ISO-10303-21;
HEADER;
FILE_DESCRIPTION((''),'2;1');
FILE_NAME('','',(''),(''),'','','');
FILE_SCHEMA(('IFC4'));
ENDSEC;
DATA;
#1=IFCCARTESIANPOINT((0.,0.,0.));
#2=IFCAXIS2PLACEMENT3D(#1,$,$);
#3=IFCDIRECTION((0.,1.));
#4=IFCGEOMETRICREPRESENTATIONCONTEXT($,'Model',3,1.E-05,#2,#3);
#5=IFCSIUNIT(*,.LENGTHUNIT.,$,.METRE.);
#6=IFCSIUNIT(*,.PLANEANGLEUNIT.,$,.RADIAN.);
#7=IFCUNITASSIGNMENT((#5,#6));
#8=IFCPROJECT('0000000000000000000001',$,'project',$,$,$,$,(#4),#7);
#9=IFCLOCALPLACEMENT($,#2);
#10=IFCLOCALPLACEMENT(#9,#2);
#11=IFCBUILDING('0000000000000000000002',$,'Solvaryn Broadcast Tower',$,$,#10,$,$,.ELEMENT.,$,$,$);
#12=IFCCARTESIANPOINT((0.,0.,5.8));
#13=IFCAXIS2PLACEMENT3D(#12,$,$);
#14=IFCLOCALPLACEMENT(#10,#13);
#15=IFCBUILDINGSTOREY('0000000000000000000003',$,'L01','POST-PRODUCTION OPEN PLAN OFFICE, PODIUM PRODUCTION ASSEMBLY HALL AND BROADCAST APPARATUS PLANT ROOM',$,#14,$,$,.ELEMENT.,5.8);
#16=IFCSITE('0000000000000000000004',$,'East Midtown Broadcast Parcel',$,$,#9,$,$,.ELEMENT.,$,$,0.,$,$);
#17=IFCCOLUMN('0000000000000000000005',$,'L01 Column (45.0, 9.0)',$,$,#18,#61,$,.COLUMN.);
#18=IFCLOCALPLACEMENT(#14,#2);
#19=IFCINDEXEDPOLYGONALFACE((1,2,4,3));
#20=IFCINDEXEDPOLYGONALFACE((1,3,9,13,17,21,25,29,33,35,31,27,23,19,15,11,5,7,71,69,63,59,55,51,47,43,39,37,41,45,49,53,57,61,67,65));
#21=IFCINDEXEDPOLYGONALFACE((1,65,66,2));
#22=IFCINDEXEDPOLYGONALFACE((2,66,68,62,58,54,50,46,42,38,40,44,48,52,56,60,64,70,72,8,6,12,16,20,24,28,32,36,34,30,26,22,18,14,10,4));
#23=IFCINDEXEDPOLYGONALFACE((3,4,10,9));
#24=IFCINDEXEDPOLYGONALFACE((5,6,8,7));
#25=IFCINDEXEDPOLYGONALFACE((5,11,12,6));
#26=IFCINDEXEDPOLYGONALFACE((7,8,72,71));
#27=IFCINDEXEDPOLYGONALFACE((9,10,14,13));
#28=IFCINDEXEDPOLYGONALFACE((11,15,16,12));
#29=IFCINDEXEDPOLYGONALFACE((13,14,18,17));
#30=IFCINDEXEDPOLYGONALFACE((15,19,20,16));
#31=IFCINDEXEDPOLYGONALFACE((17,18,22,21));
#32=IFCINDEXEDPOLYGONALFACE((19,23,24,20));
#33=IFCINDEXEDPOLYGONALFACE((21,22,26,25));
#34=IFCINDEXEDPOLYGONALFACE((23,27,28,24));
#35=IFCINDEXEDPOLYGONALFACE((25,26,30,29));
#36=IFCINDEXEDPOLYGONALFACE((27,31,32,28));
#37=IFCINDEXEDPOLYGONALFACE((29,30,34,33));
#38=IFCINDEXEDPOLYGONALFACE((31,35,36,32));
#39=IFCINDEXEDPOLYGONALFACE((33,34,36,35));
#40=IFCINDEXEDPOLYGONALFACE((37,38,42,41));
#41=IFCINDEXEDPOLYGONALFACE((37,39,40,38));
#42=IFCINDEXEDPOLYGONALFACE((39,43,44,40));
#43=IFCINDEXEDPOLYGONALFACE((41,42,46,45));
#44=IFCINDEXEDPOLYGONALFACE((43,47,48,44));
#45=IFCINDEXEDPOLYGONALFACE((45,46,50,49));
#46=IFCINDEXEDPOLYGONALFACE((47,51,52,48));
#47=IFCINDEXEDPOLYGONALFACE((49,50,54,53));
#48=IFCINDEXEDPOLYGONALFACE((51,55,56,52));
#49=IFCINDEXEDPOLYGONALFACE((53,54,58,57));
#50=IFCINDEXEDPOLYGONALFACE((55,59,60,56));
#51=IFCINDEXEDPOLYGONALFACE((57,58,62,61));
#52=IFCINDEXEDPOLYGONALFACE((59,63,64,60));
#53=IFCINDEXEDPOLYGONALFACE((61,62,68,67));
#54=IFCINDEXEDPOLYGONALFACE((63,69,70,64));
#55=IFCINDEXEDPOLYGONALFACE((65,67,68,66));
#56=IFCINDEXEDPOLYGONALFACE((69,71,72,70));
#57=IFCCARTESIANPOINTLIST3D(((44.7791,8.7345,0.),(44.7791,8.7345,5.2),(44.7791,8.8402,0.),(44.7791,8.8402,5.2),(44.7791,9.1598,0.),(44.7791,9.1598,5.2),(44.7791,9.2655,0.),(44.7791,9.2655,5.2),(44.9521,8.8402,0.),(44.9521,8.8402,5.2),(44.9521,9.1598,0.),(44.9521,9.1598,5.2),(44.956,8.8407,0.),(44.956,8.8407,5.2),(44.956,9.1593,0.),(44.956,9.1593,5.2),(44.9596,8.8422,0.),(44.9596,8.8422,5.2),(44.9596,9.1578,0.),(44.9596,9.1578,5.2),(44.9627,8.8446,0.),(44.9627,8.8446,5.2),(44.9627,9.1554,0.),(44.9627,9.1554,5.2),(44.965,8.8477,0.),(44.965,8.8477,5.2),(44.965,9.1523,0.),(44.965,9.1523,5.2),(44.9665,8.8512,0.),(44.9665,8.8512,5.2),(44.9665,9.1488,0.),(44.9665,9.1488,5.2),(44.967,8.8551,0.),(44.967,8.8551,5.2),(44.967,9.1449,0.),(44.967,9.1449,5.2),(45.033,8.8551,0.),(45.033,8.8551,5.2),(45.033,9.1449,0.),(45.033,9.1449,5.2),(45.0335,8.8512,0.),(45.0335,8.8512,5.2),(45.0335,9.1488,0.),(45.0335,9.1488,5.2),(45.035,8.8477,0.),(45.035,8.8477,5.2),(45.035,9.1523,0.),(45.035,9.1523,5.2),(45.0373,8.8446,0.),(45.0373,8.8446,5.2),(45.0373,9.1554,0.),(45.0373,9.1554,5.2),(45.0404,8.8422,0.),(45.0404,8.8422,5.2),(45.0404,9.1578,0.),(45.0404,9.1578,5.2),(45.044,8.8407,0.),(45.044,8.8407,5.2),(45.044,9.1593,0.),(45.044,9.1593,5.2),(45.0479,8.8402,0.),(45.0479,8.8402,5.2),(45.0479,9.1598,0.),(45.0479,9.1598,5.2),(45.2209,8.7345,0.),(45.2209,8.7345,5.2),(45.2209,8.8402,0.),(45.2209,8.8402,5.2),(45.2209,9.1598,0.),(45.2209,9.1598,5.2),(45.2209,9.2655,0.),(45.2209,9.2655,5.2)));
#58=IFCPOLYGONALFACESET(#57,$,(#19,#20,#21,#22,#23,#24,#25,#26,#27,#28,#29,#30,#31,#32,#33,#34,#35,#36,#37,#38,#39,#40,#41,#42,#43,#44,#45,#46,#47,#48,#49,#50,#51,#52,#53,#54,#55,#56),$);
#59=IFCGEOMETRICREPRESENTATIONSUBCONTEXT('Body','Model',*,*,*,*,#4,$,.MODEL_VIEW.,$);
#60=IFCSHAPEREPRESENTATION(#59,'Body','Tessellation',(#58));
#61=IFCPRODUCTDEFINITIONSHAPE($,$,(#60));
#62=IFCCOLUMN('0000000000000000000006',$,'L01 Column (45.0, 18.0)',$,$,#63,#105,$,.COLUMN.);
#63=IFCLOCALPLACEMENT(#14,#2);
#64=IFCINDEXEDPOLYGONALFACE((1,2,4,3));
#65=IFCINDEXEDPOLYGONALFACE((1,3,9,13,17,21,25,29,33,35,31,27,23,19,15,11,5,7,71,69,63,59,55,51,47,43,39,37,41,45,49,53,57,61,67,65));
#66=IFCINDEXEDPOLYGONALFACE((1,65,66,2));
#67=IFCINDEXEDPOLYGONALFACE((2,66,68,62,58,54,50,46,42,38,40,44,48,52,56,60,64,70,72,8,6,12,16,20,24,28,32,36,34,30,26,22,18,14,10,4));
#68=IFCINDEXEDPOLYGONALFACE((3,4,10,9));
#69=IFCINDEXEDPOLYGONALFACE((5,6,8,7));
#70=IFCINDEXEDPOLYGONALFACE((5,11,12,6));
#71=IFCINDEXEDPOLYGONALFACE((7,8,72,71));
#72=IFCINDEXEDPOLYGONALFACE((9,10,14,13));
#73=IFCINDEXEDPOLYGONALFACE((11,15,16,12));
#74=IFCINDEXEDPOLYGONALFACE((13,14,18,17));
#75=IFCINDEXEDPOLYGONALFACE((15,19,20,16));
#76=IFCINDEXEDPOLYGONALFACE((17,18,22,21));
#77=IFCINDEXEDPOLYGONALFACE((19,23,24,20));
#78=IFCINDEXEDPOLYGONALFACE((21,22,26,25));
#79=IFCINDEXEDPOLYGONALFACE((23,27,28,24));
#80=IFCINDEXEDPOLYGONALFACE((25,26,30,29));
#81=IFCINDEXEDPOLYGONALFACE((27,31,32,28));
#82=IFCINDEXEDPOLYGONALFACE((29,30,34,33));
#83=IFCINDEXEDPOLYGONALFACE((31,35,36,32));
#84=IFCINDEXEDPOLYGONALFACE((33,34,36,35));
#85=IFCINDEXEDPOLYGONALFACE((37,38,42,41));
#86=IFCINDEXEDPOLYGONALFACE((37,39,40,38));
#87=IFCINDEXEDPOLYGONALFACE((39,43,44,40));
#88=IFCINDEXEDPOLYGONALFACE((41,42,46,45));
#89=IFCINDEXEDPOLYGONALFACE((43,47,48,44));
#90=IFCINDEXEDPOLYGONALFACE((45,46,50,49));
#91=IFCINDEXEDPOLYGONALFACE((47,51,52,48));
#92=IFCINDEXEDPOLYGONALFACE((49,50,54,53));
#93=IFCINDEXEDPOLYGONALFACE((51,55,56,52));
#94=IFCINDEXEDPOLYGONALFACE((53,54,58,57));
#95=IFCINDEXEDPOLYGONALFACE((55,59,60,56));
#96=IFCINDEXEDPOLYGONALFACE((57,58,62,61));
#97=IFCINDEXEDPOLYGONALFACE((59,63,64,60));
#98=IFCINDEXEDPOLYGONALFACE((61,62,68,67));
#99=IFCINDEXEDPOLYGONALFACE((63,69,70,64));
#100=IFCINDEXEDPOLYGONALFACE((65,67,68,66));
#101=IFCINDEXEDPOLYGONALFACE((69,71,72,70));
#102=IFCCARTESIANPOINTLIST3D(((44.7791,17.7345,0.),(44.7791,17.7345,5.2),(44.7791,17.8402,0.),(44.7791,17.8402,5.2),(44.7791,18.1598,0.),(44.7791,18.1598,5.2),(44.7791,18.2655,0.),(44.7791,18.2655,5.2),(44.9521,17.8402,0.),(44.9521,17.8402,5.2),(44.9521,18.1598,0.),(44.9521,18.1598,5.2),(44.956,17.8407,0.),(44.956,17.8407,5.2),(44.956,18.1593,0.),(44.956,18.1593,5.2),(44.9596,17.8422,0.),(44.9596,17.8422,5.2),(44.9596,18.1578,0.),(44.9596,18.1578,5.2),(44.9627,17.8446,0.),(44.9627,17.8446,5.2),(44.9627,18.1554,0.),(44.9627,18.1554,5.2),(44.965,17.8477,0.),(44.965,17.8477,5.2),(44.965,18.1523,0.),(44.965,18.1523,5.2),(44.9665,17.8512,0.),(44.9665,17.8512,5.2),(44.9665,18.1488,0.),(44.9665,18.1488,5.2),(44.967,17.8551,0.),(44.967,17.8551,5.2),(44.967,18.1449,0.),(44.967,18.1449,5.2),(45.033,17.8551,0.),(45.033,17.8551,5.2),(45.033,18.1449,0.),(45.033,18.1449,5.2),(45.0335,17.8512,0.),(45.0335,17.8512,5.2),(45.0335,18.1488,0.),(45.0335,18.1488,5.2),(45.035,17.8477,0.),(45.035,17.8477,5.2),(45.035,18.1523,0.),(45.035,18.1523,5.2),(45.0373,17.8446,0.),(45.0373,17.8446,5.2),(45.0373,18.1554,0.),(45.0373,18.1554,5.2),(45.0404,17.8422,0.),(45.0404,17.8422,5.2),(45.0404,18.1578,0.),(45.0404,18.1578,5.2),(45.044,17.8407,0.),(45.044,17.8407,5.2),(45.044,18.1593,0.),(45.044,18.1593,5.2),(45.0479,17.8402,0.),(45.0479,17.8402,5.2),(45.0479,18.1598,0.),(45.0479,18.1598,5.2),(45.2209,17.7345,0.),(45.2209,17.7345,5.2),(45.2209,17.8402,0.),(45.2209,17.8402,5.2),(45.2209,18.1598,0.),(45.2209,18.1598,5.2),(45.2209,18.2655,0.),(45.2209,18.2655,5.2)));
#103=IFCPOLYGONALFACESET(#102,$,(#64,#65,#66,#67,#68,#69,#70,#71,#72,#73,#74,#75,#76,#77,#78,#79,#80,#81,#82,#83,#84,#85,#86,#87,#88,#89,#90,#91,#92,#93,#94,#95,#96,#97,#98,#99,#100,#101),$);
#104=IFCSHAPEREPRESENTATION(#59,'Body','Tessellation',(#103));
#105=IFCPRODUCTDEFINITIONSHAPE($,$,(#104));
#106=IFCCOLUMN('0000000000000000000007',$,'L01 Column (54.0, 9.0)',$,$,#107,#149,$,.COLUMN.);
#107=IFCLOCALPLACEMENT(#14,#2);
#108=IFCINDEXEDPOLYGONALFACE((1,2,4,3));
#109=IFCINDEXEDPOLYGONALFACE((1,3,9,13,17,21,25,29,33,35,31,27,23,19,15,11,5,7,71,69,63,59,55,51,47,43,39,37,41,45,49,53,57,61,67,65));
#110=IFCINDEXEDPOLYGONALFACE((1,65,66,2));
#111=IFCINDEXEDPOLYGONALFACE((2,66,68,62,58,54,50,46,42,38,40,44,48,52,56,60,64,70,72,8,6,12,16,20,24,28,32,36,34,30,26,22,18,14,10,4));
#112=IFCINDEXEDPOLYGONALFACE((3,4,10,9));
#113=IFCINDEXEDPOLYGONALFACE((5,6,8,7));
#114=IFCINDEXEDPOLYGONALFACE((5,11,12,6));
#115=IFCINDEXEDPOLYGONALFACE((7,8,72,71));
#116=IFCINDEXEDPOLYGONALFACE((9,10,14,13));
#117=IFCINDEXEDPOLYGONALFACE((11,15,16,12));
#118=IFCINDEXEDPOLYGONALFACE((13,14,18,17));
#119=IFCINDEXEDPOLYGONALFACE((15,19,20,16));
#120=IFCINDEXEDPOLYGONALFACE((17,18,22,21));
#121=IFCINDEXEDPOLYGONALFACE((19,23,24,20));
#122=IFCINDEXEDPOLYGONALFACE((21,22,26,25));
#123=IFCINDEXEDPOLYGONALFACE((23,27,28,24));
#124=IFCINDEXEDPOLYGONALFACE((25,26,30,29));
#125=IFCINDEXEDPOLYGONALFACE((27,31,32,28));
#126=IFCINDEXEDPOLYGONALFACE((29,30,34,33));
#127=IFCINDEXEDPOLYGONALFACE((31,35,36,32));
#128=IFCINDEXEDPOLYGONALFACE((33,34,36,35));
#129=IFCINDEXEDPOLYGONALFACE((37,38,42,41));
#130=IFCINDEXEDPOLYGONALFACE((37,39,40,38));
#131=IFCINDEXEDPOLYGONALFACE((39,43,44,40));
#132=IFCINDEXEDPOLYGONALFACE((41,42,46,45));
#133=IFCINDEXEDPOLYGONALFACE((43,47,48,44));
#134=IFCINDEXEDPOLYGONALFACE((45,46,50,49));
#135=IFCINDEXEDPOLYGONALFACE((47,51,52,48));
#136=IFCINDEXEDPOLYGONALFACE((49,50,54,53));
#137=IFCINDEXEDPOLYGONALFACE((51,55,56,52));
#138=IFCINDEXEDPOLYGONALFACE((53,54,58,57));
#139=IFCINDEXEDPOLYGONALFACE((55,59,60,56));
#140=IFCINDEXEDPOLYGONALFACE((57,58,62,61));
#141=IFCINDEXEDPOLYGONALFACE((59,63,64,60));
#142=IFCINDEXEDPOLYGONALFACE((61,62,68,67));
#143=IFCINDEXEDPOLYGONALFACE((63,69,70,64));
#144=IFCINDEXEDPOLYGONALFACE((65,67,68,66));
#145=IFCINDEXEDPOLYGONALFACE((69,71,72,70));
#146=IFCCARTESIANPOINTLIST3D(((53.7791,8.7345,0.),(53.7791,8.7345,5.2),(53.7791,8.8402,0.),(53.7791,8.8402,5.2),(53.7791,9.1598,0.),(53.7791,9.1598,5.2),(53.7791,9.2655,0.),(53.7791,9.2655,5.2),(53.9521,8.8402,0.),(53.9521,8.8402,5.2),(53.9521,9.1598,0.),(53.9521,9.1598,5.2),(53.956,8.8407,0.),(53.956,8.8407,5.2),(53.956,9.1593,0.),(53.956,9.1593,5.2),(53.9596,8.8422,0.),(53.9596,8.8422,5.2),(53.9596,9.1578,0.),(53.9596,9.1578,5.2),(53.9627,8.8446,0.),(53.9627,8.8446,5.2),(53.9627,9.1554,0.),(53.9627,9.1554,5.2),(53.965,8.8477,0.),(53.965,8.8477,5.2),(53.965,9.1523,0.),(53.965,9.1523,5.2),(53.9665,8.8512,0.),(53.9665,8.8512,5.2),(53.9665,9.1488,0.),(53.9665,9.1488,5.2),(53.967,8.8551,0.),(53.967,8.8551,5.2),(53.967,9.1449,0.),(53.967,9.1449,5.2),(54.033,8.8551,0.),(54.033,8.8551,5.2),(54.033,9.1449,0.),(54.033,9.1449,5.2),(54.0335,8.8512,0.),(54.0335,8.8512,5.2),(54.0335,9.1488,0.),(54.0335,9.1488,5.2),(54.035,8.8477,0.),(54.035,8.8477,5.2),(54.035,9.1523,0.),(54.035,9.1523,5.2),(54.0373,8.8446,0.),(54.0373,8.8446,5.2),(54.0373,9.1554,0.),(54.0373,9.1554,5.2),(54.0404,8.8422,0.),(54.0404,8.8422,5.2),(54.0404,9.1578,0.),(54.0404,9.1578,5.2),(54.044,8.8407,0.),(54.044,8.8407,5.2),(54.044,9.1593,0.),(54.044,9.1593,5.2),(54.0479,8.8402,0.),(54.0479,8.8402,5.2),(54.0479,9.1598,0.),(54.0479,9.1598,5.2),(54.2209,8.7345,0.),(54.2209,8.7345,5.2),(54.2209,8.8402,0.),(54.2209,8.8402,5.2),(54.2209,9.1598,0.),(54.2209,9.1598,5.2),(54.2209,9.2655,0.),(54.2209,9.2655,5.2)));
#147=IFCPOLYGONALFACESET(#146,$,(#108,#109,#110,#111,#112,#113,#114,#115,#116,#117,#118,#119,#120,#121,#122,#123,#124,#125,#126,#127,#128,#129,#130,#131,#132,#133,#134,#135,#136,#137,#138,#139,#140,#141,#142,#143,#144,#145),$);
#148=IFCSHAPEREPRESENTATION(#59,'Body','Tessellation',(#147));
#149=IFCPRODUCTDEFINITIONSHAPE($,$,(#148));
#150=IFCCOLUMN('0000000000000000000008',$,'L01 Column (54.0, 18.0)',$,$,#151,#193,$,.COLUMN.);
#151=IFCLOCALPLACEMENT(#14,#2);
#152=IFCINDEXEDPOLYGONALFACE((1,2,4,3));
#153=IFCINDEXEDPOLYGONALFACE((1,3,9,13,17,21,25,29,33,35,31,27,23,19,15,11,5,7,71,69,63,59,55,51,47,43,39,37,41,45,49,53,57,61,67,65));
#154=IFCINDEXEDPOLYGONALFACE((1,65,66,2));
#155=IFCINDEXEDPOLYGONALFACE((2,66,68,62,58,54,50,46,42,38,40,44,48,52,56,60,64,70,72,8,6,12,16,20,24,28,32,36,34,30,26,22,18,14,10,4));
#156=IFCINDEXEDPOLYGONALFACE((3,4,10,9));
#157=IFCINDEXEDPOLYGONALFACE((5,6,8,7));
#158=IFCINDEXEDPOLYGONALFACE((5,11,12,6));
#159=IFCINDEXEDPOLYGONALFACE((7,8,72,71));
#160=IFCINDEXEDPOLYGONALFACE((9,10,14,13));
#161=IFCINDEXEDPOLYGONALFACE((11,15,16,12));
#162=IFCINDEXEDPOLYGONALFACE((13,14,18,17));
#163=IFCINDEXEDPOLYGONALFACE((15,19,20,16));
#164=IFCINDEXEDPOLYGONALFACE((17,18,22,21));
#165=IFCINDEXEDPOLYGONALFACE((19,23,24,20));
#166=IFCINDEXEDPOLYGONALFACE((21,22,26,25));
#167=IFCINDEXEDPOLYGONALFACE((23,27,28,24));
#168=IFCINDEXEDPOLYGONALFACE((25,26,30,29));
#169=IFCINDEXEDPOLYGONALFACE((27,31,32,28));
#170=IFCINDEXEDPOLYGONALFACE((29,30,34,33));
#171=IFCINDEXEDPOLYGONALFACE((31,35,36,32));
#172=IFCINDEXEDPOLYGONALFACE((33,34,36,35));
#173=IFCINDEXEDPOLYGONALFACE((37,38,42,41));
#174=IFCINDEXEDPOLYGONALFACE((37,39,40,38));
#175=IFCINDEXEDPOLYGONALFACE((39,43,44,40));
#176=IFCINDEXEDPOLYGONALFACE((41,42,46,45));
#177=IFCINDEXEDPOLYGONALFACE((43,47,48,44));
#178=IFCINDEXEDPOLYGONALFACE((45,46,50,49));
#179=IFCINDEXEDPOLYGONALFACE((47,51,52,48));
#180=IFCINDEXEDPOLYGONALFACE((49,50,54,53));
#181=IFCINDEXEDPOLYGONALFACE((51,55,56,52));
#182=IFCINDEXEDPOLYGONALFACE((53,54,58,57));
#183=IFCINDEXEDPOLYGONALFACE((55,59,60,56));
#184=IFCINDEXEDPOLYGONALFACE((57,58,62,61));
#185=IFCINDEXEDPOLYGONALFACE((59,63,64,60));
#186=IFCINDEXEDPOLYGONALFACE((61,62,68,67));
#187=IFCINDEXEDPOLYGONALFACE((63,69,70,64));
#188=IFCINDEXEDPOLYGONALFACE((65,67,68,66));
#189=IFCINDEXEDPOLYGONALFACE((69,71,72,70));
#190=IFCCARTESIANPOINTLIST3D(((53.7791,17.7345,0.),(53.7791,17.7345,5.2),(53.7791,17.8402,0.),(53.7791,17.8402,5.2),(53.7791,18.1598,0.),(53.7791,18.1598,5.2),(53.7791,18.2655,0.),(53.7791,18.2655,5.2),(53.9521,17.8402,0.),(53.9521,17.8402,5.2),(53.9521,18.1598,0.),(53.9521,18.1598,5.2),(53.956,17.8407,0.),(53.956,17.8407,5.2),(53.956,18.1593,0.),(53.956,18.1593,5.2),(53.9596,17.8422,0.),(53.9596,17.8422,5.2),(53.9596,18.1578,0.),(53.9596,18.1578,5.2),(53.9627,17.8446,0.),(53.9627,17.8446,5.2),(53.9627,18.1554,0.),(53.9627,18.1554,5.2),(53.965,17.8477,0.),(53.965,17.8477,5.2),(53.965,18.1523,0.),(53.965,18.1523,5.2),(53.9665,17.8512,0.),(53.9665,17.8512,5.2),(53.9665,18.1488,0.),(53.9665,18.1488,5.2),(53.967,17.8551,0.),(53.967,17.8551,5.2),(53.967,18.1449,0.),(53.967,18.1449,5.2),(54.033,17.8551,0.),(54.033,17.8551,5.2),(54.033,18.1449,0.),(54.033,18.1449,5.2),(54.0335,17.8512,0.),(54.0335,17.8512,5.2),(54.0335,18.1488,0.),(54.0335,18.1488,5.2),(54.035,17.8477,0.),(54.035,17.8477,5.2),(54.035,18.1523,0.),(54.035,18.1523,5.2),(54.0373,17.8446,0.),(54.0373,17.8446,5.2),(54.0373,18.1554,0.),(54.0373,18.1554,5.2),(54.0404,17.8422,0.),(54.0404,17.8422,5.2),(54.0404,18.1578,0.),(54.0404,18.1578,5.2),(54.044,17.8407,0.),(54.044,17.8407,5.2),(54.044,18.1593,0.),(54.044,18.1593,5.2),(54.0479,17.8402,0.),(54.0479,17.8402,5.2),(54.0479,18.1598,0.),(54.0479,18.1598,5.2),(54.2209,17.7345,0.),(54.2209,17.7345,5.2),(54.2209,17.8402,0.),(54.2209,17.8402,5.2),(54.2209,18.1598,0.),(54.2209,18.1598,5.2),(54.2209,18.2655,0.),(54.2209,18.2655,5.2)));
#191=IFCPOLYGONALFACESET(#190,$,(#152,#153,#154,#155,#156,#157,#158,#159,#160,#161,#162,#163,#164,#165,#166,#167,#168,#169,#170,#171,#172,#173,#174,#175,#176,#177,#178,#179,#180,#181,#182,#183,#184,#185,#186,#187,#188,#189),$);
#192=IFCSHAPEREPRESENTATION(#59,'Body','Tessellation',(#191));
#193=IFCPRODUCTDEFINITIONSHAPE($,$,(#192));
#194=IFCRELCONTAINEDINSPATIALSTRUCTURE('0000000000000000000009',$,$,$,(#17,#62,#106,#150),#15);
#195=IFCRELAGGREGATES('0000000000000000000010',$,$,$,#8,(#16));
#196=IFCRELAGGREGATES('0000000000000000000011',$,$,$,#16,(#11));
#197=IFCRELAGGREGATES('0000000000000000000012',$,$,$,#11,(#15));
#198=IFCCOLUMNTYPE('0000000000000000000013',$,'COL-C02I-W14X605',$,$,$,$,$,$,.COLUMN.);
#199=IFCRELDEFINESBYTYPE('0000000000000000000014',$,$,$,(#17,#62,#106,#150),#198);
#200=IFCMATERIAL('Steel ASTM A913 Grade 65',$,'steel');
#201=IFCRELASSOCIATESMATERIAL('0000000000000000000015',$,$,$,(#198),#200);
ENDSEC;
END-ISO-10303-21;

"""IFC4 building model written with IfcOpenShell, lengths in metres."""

from ifc_helpers import new_model, si_unit, direction, frame, origin, origin_2d, place, context, subcontext, project, spatial, i_section, extrude, material, material_profile, profile_set, type_object, element, save


model = new_model("IFC4")

# Units and contexts
model_context = context("Model", 3, precision=1e-05, world=origin(), true_north=direction((0.0, 1.0)))
body_context = subcontext(model_context, "Body", "Model", "MODEL_VIEW")
ifc_project = project(units=[si_unit("LENGTHUNIT", "METRE"), si_unit("PLANEANGLEUNIT", "RADIAN")], contexts=[model_context])

# Site, building, storey
site_placement = place(None, origin())
site = spatial("IfcSite", under=ifc_project, at=site_placement, Name="East Midtown Broadcast Parcel", CompositionType="ELEMENT", RefElevation=0.0)
building_placement = place(site_placement, origin())
building = spatial("IfcBuilding", under=site, at=building_placement, Name="Solvaryn Broadcast Tower", CompositionType="ELEMENT")
storey_placement = place(building_placement, frame((0.0, 0.0, 5.8)))
storey = spatial("IfcBuildingStorey", under=building, at=storey_placement, Name="L01", Description="POST-PRODUCTION OPEN PLAN OFFICE, PODIUM PRODUCTION ASSEMBLY HALL AND BROADCAST APPARATUS PLANT ROOM", CompositionType="ELEMENT", Elevation=5.8)

# Columns
ifc_material_1 = material(Name="Steel ASTM A913 Grade 65", Category="steel")
ifc_material_profile_1 = material_profile(ifc_material_1, i_section(OverallWidth=0.4419, OverallDepth=0.531, WebThickness=0.0659, FlangeThickness=0.1057, FilletRadius=0.0149, at=origin_2d()))
ifc_profile_set_1 = profile_set([ifc_material_profile_1], Name="Steel ASTM A913 Grade 65")
column_type = type_object("IfcColumnType", Name="COL-C02I-W14X605", PredefinedType="COLUMN", material=ifc_profile_set_1)
for number, where, z_axis, x_axis, name in (
    (1, (45.0, 9.0, 0.0), (0.0, 0.0, 1.0), (1.0, 0.0, 0.0), "L01 Column (45.0, 9.0)"),
    (2, (45.0, 18.0, 0.0), (0.0, 0.0, 1.0), (1.0, 0.0, 0.0), "L01 Column (45.0, 18.0)"),
    (3, (54.0, 9.0, 0.0), (0.0, 0.0, 1.0), (1.0, 0.0, 0.0), "L01 Column (54.0, 9.0)"),
    (4, (54.0, 18.0, 0.0), (0.0, 0.0, 1.0), (1.0, 0.0, 0.0), "L01 Column (54.0, 18.0)"),
):
    element("IfcColumn", number, at=place(storey_placement, frame(where, z_axis=z_axis, x_axis=x_axis)), inside=storey, type_object=column_type, Name=name, PredefinedType="COLUMN", context=body_context, shape_type="SweptSolid", body=[
        extrude(i_section(OverallWidth=0.4419, OverallDepth=0.531, WebThickness=0.0659, FlangeThickness=0.1057, FilletRadius=0.0149, at=origin_2d()), origin(), (0.0, 0.0, 1.0), 5.2),
    ])

save(model, "model.ifc")
